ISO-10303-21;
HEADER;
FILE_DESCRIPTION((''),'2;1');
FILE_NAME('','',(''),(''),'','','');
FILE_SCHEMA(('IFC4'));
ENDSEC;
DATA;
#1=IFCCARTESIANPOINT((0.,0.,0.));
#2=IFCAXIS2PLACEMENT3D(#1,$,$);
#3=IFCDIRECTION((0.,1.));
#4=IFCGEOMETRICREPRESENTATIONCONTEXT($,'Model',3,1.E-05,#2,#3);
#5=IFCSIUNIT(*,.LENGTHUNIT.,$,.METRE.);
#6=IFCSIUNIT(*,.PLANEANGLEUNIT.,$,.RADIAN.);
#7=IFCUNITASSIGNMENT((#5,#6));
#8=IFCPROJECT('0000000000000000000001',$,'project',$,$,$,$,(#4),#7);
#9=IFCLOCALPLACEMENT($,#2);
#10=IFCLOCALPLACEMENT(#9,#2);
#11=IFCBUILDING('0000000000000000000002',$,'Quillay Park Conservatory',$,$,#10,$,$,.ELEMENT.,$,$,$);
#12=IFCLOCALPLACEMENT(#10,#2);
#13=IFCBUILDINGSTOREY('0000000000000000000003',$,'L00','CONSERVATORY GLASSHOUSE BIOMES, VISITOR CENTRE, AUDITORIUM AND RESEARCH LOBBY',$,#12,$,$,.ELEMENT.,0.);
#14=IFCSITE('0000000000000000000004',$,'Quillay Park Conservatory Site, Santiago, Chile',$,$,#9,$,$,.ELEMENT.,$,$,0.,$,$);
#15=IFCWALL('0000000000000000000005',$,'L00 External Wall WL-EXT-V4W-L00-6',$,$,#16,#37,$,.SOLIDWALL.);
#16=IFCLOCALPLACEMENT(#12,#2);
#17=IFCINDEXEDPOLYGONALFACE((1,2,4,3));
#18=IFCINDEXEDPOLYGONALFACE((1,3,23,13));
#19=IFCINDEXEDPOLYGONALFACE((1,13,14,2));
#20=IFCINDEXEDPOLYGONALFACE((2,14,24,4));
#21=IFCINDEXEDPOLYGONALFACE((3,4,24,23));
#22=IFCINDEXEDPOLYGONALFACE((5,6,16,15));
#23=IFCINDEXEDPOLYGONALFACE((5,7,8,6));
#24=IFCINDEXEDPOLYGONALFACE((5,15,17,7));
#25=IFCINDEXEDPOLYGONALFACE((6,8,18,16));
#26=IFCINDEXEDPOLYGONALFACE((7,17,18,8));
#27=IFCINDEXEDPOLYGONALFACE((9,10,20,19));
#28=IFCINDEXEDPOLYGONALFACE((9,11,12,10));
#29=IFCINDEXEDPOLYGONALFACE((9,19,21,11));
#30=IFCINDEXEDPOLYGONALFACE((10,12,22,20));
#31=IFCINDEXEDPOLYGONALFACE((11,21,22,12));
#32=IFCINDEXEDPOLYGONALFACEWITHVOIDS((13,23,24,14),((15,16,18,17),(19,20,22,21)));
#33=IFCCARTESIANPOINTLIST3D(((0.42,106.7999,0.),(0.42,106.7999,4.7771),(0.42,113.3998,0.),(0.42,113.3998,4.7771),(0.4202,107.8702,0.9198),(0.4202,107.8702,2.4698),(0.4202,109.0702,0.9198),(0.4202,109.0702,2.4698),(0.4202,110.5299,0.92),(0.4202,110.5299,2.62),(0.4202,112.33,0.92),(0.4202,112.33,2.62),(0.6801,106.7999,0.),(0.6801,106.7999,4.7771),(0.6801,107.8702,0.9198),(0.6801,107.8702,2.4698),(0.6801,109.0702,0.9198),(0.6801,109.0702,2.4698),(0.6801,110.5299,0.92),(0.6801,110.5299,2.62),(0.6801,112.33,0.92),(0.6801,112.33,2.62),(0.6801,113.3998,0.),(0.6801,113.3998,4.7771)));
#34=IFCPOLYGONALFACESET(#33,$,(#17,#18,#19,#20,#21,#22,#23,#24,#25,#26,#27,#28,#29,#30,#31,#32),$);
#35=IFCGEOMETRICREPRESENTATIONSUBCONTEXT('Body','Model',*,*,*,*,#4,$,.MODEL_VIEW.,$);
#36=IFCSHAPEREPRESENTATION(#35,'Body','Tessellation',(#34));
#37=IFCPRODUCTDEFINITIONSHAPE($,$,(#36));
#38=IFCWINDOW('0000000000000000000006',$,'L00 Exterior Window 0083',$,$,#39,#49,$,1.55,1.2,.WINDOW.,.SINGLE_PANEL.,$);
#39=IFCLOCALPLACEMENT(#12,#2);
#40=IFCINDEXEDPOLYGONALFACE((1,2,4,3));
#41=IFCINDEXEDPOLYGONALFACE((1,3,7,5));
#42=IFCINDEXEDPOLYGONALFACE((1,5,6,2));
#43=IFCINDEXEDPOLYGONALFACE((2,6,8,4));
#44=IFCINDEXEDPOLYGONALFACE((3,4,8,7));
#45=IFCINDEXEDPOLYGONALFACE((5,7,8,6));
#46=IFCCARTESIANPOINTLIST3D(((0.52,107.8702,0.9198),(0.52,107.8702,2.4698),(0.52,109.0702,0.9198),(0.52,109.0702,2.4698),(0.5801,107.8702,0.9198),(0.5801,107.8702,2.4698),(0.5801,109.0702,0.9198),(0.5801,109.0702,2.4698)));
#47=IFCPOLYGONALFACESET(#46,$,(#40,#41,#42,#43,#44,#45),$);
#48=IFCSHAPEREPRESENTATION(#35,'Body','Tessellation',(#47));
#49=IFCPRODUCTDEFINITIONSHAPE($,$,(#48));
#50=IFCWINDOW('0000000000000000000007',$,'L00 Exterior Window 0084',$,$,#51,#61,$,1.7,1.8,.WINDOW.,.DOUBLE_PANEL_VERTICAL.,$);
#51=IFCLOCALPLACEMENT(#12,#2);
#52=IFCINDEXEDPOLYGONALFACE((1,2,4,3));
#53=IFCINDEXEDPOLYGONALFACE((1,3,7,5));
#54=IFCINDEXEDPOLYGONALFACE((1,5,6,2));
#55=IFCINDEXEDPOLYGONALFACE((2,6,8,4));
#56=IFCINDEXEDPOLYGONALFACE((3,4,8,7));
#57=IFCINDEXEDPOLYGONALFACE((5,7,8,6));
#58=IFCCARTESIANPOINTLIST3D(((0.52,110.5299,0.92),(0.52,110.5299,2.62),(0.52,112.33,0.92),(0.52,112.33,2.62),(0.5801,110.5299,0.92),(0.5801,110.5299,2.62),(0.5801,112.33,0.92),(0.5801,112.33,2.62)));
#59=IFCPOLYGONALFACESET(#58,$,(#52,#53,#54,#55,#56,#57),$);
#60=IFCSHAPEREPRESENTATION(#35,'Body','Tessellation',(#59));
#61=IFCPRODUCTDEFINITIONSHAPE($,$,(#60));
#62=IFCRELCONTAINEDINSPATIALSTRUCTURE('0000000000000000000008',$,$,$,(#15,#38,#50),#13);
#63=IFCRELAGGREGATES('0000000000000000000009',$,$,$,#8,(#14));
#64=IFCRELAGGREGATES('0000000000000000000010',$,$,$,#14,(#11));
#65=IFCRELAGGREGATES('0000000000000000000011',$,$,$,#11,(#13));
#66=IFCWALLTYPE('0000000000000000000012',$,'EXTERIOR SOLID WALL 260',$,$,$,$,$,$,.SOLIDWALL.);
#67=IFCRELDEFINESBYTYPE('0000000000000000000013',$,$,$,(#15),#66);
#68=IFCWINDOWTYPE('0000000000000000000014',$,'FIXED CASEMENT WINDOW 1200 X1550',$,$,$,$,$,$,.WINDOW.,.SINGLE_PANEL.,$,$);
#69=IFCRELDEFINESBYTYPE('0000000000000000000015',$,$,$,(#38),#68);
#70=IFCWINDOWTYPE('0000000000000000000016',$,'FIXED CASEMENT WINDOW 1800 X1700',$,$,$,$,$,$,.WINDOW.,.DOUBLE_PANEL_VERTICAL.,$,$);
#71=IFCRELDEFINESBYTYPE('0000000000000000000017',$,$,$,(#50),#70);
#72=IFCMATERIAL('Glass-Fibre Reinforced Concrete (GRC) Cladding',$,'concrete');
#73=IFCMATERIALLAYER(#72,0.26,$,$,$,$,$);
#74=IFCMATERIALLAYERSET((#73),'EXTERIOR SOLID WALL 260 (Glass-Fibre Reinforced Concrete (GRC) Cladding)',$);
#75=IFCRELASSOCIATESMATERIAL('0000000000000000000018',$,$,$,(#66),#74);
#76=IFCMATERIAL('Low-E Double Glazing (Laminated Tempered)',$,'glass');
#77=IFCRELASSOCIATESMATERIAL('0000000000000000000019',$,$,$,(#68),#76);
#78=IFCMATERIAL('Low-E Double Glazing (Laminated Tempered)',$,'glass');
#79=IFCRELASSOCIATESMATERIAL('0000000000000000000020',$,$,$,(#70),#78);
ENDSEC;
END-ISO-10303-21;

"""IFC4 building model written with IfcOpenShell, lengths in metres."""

from ifc_helpers import new_model, si_unit, direction, frame, frame_2d, origin, place, context, subcontext, project, spatial, rectangle, extrude, material, layer, layer_set, type_object, element, fill, save


model = new_model("IFC4")

# Units and contexts
model_context = context("Model", 3, precision=1e-05, world=origin(), true_north=direction((0.0, 1.0)))
body_context = subcontext(model_context, "Body", "Model", "MODEL_VIEW")
ifc_project = project(units=[si_unit("LENGTHUNIT", "METRE"), si_unit("PLANEANGLEUNIT", "RADIAN")], contexts=[model_context])

# Site, building, storey
site_placement = place(None, origin())
site = spatial("IfcSite", under=ifc_project, at=site_placement, Name="Quillay Park Conservatory Site, Santiago, Chile", CompositionType="ELEMENT", RefElevation=0.0)
building_placement = place(site_placement, origin())
building = spatial("IfcBuilding", under=site, at=building_placement, Name="Quillay Park Conservatory", CompositionType="ELEMENT")
storey_placement = place(building_placement, origin())
storey = spatial("IfcBuildingStorey", under=building, at=storey_placement, Name="L00", Description="CONSERVATORY GLASSHOUSE BIOMES, VISITOR CENTRE, AUDITORIUM AND RESEARCH LOBBY", CompositionType="ELEMENT", Elevation=0.0)

# Wall, openings, windows
ifc_material_1 = material(Name="Glass-Fibre Reinforced Concrete (GRC) Cladding", Category="concrete")
ifc_layer_1 = layer(ifc_material_1, 0.26)
ifc_layer_set_1 = layer_set([ifc_layer_1], Name="EXTERIOR SOLID WALL 260 (Glass-Fibre Reinforced Concrete (GRC) Cladding)")
wall_type = type_object("IfcWallType", Name="EXTERIOR SOLID WALL 260", PredefinedType="SOLIDWALL", material=ifc_layer_set_1)
wall_placement = place(storey_placement, frame((0.55, 106.8, 0.0), z_axis=(0.0, 0.0, 1.0), x_axis=(0.0, 1.0, 0.0)))
wall = element("IfcWall", 1, at=wall_placement, inside=storey, type_object=wall_type, Name="L00 External Wall WL-EXT-V4W-L00-6", PredefinedType="SOLIDWALL", context=body_context, shape_type="SweptSolid", body=[
    extrude(rectangle(XDim=6.5999, YDim=0.26, at=frame_2d((3.2998, 0.0))), origin(), (0.0, 0.0, 1.0), 4.7771),
])
opening_1_placement = place(wall_placement, frame((1.0701, 0.0, 0.9199)))
opening_1 = element("IfcOpeningElement", 2, at=opening_1_placement, cuts=wall, PredefinedType="OPENING", context=body_context, shape_type="SweptSolid", body=[
    extrude(rectangle(XDim=1.2, YDim=1.55, at=frame_2d((0.6001, 0.7749))), frame((0.0, 0.1299, 0.0), z_axis=(0.0, -1.0, 0.0), x_axis=(1.0, 0.0, 0.0)), (0.0, 0.0, 1.0), 0.26),
])
opening_2_placement = place(wall_placement, frame((3.73, 0.0, 0.9199)))
opening_2 = element("IfcOpeningElement", 3, at=opening_2_placement, cuts=wall, PredefinedType="OPENING", context=body_context, shape_type="SweptSolid", body=[
    extrude(rectangle(XDim=1.8, YDim=1.7, at=frame_2d((0.8999, 0.8501))), frame((0.0, 0.1299, 0.0), z_axis=(0.0, -1.0, 0.0), x_axis=(1.0, 0.0, 0.0)), (0.0, 0.0, 1.0), 0.26),
])
ifc_material_2 = material(Name="Low-E Double Glazing (Laminated Tempered)", Category="glass")
window_type_1 = type_object("IfcWindowType", Name="FIXED CASEMENT WINDOW 1200 X1550", PartitioningType="SINGLE_PANEL", PredefinedType="WINDOW", material=ifc_material_2)
window_1_placement = place(opening_1_placement, origin())
window_1 = element("IfcWindow", 4, at=window_1_placement, inside=storey, type_object=window_type_1, Name="L00 Exterior Window 0083", OverallHeight=1.55, OverallWidth=1.2, PartitioningType="SINGLE_PANEL", PredefinedType="WINDOW", context=body_context, shape_type="SweptSolid", body=[
    extrude(rectangle(XDim=1.2, YDim=1.55, at=frame_2d((0.6001, 0.7749))), frame((0.0, 0.03, 0.0), z_axis=(0.0, -1.0, 0.0), x_axis=(1.0, 0.0, 0.0)), (0.0, 0.0, 1.0), 0.0601),
])
fill(opening_1, window_1)
ifc_material_3 = material(Name="Low-E Double Glazing (Laminated Tempered)", Category="glass")
window_type_2 = type_object("IfcWindowType", Name="FIXED CASEMENT WINDOW 1800 X1700", PartitioningType="DOUBLE_PANEL_VERTICAL", PredefinedType="WINDOW", material=ifc_material_3)
window_2_placement = place(opening_2_placement, origin())
window_2 = element("IfcWindow", 5, at=window_2_placement, inside=storey, type_object=window_type_2, Name="L00 Exterior Window 0084", OverallHeight=1.7, OverallWidth=1.8, PartitioningType="DOUBLE_PANEL_VERTICAL", PredefinedType="WINDOW", context=body_context, shape_type="SweptSolid", body=[
    extrude(rectangle(XDim=1.8, YDim=1.7, at=frame_2d((0.8999, 0.8501))), frame((0.0, 0.03, 0.0), z_axis=(0.0, -1.0, 0.0), x_axis=(1.0, 0.0, 0.0)), (0.0, 0.0, 1.0), 0.0601),
])
fill(opening_2, window_2)

save(model, "model.ifc")
